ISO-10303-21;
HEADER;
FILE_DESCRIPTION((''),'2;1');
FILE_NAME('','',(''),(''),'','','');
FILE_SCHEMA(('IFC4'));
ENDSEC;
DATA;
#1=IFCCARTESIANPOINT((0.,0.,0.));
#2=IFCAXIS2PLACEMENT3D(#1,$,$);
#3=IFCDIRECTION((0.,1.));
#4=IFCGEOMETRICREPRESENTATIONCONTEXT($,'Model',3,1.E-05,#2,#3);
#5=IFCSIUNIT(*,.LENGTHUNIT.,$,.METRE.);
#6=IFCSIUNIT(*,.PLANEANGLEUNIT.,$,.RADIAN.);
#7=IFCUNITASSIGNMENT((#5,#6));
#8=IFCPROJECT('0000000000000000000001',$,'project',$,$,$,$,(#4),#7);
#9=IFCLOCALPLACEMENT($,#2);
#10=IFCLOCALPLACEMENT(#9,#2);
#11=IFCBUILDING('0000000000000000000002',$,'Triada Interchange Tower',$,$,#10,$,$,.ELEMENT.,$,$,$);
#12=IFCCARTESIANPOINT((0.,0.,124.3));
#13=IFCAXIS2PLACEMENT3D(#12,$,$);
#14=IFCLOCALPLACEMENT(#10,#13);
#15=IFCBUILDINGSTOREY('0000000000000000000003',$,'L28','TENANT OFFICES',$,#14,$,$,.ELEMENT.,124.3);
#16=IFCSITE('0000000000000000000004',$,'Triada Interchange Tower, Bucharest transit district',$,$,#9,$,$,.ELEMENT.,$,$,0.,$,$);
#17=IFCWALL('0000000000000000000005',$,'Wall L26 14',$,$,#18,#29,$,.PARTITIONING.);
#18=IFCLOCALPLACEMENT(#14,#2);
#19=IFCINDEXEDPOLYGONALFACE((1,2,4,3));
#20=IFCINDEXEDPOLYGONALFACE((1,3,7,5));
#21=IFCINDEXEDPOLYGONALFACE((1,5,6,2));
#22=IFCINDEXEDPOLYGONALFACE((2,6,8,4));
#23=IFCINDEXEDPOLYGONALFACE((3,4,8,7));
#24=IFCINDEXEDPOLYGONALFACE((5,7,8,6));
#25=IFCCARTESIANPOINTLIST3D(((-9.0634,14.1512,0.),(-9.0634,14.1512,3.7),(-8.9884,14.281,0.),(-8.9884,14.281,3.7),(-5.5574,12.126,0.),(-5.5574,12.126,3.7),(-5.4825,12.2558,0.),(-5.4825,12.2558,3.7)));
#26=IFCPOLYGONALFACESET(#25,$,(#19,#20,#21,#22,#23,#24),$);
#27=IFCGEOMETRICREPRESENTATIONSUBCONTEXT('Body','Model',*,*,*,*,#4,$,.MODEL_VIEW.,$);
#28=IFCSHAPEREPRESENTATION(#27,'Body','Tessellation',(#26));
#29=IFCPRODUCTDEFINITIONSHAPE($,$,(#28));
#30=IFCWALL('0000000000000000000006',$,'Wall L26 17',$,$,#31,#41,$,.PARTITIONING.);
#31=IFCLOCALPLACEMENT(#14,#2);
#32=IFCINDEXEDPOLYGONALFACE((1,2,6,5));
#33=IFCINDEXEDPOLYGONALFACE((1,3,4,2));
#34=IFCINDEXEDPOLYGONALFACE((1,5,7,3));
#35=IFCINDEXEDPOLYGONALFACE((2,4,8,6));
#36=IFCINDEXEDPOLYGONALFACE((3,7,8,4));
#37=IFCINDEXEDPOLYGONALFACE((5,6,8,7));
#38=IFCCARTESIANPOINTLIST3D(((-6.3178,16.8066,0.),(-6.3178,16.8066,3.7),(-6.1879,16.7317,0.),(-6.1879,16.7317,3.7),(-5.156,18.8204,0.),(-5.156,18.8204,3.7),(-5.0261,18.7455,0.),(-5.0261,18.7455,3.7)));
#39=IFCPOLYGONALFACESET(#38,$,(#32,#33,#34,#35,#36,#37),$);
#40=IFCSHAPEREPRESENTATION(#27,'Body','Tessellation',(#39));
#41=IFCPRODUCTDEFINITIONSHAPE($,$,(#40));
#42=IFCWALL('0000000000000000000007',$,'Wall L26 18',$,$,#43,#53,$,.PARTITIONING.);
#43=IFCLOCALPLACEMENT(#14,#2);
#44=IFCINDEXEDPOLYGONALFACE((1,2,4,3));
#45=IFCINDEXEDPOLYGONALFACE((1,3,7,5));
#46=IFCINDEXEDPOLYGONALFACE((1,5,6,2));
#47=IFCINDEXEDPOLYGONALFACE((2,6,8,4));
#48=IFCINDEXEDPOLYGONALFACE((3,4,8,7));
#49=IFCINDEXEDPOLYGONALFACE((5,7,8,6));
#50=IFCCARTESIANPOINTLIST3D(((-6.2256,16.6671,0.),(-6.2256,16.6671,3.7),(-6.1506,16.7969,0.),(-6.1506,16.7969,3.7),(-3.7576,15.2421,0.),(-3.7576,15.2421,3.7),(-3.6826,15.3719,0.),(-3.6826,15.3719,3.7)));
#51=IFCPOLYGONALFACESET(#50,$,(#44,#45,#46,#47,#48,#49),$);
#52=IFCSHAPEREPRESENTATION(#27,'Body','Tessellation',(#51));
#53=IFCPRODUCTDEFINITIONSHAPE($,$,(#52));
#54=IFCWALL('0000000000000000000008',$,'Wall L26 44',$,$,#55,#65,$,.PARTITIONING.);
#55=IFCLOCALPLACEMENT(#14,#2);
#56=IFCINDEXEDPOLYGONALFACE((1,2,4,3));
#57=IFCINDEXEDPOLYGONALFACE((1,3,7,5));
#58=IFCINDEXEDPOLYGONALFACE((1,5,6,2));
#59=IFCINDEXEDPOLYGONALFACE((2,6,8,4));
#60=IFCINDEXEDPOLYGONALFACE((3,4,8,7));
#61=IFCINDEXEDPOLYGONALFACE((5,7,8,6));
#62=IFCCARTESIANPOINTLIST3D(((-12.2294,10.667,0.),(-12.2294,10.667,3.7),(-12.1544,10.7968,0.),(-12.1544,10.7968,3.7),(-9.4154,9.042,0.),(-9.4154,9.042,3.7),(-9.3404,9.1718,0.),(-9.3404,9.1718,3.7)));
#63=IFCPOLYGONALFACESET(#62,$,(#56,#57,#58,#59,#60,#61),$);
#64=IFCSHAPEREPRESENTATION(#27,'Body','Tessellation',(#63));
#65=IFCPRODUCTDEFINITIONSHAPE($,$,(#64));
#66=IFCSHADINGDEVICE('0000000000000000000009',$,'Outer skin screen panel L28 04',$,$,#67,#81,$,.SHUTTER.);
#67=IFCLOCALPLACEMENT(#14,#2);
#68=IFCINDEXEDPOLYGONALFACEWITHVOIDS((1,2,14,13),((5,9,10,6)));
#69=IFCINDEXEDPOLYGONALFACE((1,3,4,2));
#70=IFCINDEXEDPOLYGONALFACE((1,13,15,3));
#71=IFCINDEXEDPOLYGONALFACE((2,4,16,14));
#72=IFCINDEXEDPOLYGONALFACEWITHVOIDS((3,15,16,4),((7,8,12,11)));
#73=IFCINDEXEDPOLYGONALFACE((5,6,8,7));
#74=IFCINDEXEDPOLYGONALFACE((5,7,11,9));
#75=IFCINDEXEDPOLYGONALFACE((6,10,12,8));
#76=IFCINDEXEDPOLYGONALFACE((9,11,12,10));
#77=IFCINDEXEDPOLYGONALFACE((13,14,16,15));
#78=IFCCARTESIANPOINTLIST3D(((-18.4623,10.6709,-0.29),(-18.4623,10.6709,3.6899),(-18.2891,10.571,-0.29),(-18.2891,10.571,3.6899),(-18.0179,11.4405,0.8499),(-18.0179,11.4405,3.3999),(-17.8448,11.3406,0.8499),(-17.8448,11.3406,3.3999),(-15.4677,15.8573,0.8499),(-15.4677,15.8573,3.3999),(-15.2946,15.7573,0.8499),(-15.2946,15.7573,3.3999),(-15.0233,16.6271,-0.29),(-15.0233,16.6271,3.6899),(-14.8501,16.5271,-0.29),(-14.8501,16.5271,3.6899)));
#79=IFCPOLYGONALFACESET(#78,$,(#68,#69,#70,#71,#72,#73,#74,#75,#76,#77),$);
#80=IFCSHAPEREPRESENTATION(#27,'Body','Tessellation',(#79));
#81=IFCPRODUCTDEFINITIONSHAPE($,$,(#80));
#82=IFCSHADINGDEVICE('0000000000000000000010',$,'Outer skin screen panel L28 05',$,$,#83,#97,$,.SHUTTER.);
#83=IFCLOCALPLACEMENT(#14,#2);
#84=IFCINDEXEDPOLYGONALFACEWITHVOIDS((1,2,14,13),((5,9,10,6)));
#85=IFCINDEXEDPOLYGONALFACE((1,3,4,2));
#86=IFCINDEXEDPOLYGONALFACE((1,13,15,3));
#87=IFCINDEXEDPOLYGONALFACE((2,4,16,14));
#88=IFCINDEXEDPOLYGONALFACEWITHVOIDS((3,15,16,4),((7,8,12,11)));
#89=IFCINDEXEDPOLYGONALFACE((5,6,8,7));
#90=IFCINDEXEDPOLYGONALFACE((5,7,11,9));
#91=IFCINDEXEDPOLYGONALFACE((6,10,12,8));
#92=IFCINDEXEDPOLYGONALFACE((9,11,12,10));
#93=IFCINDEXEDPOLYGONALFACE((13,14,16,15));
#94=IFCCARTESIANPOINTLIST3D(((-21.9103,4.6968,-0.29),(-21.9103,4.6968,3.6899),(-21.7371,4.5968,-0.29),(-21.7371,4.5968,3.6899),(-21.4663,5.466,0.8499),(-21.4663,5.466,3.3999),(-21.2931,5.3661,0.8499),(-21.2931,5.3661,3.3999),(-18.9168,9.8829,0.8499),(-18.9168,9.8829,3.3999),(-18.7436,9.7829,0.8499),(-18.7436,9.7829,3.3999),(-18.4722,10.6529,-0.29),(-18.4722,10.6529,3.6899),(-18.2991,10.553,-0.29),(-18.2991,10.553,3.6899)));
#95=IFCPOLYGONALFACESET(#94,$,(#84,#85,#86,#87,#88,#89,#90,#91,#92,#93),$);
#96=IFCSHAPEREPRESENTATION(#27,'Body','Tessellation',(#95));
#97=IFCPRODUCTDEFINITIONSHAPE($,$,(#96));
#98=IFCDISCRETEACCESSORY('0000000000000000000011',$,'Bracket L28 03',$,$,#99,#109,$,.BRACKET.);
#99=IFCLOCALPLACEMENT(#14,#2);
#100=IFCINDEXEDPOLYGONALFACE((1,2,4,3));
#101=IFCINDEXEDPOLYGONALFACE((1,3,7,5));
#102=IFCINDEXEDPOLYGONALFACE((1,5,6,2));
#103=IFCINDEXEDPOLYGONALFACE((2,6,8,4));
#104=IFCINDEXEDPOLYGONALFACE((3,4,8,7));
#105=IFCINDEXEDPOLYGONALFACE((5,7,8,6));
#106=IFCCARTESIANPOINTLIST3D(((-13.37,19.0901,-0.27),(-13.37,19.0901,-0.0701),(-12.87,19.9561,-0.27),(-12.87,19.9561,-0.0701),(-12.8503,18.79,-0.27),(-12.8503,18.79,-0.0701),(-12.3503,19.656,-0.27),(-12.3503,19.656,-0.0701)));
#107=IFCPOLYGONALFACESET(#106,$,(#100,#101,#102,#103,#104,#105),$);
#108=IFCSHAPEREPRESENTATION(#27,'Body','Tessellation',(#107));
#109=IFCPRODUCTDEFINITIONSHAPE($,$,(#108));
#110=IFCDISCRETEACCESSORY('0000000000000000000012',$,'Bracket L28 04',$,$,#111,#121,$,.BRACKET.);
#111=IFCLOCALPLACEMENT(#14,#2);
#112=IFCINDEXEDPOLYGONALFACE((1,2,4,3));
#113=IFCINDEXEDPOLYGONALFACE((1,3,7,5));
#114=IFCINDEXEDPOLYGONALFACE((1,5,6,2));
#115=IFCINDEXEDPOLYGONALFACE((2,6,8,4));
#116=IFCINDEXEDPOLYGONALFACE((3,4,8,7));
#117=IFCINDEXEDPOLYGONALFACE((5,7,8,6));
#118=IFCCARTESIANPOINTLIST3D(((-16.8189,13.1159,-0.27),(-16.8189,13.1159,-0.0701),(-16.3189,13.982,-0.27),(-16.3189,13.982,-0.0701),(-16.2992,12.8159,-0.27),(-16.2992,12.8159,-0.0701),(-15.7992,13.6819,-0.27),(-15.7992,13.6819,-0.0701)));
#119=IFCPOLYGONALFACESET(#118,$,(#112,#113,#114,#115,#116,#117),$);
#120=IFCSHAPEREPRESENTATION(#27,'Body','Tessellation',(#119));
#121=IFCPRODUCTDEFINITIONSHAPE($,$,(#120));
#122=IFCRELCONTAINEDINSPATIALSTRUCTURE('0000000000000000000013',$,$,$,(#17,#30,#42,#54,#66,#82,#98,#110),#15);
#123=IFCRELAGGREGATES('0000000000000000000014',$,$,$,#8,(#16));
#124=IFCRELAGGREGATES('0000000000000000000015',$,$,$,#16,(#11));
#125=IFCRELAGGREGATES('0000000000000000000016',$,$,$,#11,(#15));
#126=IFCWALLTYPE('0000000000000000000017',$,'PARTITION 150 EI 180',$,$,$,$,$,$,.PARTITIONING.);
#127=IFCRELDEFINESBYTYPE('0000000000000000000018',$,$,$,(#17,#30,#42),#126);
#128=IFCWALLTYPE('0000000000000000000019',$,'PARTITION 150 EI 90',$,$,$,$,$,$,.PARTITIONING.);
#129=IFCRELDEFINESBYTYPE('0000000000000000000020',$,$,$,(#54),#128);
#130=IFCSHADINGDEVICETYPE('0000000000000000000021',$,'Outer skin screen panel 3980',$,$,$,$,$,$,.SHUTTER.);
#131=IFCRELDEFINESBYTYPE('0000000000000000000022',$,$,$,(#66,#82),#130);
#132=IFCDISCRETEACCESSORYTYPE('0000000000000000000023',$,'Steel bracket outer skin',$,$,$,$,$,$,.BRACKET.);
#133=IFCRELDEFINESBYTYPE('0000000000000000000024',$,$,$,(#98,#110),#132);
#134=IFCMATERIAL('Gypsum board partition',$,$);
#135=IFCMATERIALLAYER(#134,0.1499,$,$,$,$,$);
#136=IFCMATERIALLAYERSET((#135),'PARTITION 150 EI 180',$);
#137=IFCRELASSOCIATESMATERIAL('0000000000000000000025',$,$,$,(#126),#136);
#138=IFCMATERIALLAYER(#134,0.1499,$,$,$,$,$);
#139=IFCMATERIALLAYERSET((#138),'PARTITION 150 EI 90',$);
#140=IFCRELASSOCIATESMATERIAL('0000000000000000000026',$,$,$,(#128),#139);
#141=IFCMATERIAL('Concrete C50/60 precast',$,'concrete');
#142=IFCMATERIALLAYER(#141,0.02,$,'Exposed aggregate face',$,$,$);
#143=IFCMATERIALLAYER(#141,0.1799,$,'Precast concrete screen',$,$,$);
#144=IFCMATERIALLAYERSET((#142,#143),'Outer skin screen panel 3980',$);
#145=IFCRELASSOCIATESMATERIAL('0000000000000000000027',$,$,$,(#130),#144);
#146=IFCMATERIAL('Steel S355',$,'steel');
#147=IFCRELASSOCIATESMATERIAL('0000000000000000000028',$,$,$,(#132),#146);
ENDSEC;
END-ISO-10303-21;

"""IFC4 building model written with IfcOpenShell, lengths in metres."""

from ifc_helpers import new_model, si_unit, direction, frame, frame_2d, origin, origin_2d, place, context, subcontext, project, spatial, polyline, rectangle, outline, extrude, material, layer, layer_set, type_object, element, save


model = new_model("IFC4")

# Units and contexts
model_context = context("Model", 3, precision=1e-05, world=origin(), true_north=direction((0.0, 1.0)))
body_context = subcontext(model_context, "Body", "Model", "MODEL_VIEW")
ifc_project = project(units=[si_unit("LENGTHUNIT", "METRE"), si_unit("PLANEANGLEUNIT", "RADIAN")], contexts=[model_context])

# Site, building, storey
site_placement = place(None, origin())
site = spatial("IfcSite", under=ifc_project, at=site_placement, Name="Triada Interchange Tower, Bucharest transit district", CompositionType="ELEMENT", RefElevation=0.0)
building_placement = place(site_placement, origin())
building = spatial("IfcBuilding", under=site, at=building_placement, Name="Triada Interchange Tower", CompositionType="ELEMENT")
storey_placement = place(building_placement, frame((0.0, 0.0, 124.3)))
storey = spatial("IfcBuildingStorey", under=building, at=storey_placement, Name="L28", Description="TENANT OFFICES", CompositionType="ELEMENT", Elevation=124.3)

# Shared definitions
ifc_material_1 = material(Name="Gypsum board partition")
ifc_layer_1 = layer(ifc_material_1, 0.1499)
ifc_layer_set_1 = layer_set([ifc_layer_1], Name="PARTITION 150 EI 180")
wall_type_1 = type_object("IfcWallType", Name="PARTITION 150 EI 180", PredefinedType="PARTITIONING", material=ifc_layer_set_1)

# Walls
wall_1_placement = place(storey_placement, frame((-9.0259, 14.2161, 0.0), z_axis=(0.0, 0.0, 1.0), x_axis=(0.865914, -0.500192, 0.0)))
element("IfcWall", 1, at=wall_1_placement, inside=storey, type_object=wall_type_1, Name="Wall L26 14", PredefinedType="PARTITIONING", context=body_context, shape_type="SweptSolid", body=[
    extrude(rectangle(XDim=4.0488, YDim=0.1499, at=frame_2d((2.0244, 0.0))), origin(), (0.0, 0.0, 1.0), 3.7),
])
wall_2_placement = place(storey_placement, frame((-6.2529, 16.769, 0.0), z_axis=(0.0, 0.0, 1.0), x_axis=(0.499719, 0.866187, 0.0)))
element("IfcWall", 2, at=wall_2_placement, inside=storey, type_object=wall_type_1, Name="Wall L26 17", PredefinedType="PARTITIONING", context=body_context, shape_type="SweptSolid", body=[
    extrude(rectangle(XDim=2.325, YDim=0.1499, at=frame_2d((1.1626, 0.0))), origin(), (0.0, 0.0, 1.0), 3.7),
])
wall_3_placement = place(storey_placement, frame((-6.188, 16.7319, 0.0), z_axis=(0.0, 0.0, 1.0), x_axis=(0.866004, -0.500036, 0.0)))
element("IfcWall", 3, at=wall_3_placement, inside=storey, type_object=wall_type_1, Name="Wall L26 18", PredefinedType="PARTITIONING", context=body_context, shape_type="SweptSolid", body=[
    extrude(rectangle(XDim=2.8499, YDim=0.1499, at=frame_2d((1.4248, 0.0))), origin(), (0.0, 0.0, 1.0), 3.7),
])
ifc_layer_2 = layer(ifc_material_1, 0.1499)
ifc_layer_set_2 = layer_set([ifc_layer_2], Name="PARTITION 150 EI 90")
wall_type_2 = type_object("IfcWallType", Name="PARTITION 150 EI 90", PredefinedType="PARTITIONING", material=ifc_layer_set_2)
wall_4_placement = place(storey_placement, frame((-12.1919, 10.7319, 0.0), z_axis=(0.0, 0.0, 1.0), x_axis=(0.865978, -0.500082, 0.0)))
element("IfcWall", 4, at=wall_4_placement, inside=storey, type_object=wall_type_2, Name="Wall L26 44", PredefinedType="PARTITIONING", context=body_context, shape_type="SweptSolid", body=[
    extrude(rectangle(XDim=3.2495, YDim=0.1499, at=frame_2d((1.6248, 0.0))), origin(), (0.0, 0.0, 1.0), 3.7),
])

# Shading devices
ifc_material_2 = material(Name="Concrete C50/60 precast", Category="concrete")
ifc_layer_3 = layer(ifc_material_2, 0.02, Name="Exposed aggregate face")
ifc_layer_4 = layer(ifc_material_2, 0.1799, Name="Precast concrete screen")
ifc_layer_set_3 = layer_set([ifc_layer_3, ifc_layer_4], Name="Outer skin screen panel 3980")
shading_device_type = type_object("IfcShadingDeviceType", Name="Outer skin screen panel 3980", PredefinedType="SHUTTER", material=ifc_layer_set_3)
shading_device_1_placement = place(storey_placement, frame((-14.8501, 16.5271, -0.29), z_axis=(0.0, 0.0, 1.0), x_axis=(-0.500026, -0.866011, 0.0)))
element("IfcShadingDevice", 5, at=shading_device_1_placement, inside=storey, type_object=shading_device_type, Name="Outer skin screen panel L28 04", PredefinedType="SHUTTER", context=body_context, shape_type="SweptSolid", body=[
    extrude(outline(polyline([(0.0, 0.0), (6.8777, 0.0), (6.8777, 3.98), (0.0, 3.98), (0.0, 0.0)]), holes=[polyline([(0.8889, 1.1399), (0.8889, 3.6899), (5.989, 3.6899), (5.989, 1.1399), (0.8889, 1.1399)])]), frame((0.0, 0.0, 0.0), z_axis=(0.0, -1.0, 0.0), x_axis=(1.0, 0.0, 0.0)), (0.0, 0.0, 1.0), 0.2),
])
shading_device_2_placement = place(storey_placement, frame((-18.2991, 10.553, -0.29), z_axis=(0.0, 0.0, 1.0), x_axis=(-0.499919, -0.866072, 0.0)))
element("IfcShadingDevice", 6, at=shading_device_2_placement, inside=storey, type_object=shading_device_type, Name="Outer skin screen panel L28 05", PredefinedType="SHUTTER", context=body_context, shape_type="SweptSolid", body=[
    extrude(outline(polyline([(0.0, 0.0), (6.8772, 0.0), (6.8772, 3.98), (0.0, 3.98), (0.0, 0.0)]), holes=[polyline([(0.8892, 1.1399), (0.8892, 3.6899), (5.989, 3.6899), (5.989, 1.1399), (0.8892, 1.1399)])]), frame((0.0, 0.0, 0.0), z_axis=(0.0, -1.0, 0.0), x_axis=(1.0, 0.0, 0.0)), (0.0, 0.0, 1.0), 0.2),
])

# Discrete accessories
ifc_material_3 = material(Name="Steel S355", Category="steel")
discrete_accessory_type = type_object("IfcDiscreteAccessoryType", Name="Steel bracket outer skin", PredefinedType="BRACKET", material=ifc_material_3)
for number, where, z_axis, x_axis, name in (
    (7, (-12.8601, 19.373, -0.27), (0.0, 0.0, 1.0), (-0.866028, 0.499995, 0.0), "Bracket L28 03"),
    (8, (-16.3091, 13.3989, -0.27), (0.0, 0.0, 1.0), (-0.866028, 0.499995, 0.0), "Bracket L28 04"),
):
    element("IfcDiscreteAccessory", number, at=place(storey_placement, frame(where, z_axis=z_axis, x_axis=x_axis)), inside=storey, type_object=discrete_accessory_type, Name=name, PredefinedType="BRACKET", context=body_context, shape_type="SweptSolid", body=[
        extrude(rectangle(XDim=0.6001, YDim=1.0, at=origin_2d()), origin(), (0.0, 0.0, 1.0), 0.2),
    ])

save(model, "model.ifc")
